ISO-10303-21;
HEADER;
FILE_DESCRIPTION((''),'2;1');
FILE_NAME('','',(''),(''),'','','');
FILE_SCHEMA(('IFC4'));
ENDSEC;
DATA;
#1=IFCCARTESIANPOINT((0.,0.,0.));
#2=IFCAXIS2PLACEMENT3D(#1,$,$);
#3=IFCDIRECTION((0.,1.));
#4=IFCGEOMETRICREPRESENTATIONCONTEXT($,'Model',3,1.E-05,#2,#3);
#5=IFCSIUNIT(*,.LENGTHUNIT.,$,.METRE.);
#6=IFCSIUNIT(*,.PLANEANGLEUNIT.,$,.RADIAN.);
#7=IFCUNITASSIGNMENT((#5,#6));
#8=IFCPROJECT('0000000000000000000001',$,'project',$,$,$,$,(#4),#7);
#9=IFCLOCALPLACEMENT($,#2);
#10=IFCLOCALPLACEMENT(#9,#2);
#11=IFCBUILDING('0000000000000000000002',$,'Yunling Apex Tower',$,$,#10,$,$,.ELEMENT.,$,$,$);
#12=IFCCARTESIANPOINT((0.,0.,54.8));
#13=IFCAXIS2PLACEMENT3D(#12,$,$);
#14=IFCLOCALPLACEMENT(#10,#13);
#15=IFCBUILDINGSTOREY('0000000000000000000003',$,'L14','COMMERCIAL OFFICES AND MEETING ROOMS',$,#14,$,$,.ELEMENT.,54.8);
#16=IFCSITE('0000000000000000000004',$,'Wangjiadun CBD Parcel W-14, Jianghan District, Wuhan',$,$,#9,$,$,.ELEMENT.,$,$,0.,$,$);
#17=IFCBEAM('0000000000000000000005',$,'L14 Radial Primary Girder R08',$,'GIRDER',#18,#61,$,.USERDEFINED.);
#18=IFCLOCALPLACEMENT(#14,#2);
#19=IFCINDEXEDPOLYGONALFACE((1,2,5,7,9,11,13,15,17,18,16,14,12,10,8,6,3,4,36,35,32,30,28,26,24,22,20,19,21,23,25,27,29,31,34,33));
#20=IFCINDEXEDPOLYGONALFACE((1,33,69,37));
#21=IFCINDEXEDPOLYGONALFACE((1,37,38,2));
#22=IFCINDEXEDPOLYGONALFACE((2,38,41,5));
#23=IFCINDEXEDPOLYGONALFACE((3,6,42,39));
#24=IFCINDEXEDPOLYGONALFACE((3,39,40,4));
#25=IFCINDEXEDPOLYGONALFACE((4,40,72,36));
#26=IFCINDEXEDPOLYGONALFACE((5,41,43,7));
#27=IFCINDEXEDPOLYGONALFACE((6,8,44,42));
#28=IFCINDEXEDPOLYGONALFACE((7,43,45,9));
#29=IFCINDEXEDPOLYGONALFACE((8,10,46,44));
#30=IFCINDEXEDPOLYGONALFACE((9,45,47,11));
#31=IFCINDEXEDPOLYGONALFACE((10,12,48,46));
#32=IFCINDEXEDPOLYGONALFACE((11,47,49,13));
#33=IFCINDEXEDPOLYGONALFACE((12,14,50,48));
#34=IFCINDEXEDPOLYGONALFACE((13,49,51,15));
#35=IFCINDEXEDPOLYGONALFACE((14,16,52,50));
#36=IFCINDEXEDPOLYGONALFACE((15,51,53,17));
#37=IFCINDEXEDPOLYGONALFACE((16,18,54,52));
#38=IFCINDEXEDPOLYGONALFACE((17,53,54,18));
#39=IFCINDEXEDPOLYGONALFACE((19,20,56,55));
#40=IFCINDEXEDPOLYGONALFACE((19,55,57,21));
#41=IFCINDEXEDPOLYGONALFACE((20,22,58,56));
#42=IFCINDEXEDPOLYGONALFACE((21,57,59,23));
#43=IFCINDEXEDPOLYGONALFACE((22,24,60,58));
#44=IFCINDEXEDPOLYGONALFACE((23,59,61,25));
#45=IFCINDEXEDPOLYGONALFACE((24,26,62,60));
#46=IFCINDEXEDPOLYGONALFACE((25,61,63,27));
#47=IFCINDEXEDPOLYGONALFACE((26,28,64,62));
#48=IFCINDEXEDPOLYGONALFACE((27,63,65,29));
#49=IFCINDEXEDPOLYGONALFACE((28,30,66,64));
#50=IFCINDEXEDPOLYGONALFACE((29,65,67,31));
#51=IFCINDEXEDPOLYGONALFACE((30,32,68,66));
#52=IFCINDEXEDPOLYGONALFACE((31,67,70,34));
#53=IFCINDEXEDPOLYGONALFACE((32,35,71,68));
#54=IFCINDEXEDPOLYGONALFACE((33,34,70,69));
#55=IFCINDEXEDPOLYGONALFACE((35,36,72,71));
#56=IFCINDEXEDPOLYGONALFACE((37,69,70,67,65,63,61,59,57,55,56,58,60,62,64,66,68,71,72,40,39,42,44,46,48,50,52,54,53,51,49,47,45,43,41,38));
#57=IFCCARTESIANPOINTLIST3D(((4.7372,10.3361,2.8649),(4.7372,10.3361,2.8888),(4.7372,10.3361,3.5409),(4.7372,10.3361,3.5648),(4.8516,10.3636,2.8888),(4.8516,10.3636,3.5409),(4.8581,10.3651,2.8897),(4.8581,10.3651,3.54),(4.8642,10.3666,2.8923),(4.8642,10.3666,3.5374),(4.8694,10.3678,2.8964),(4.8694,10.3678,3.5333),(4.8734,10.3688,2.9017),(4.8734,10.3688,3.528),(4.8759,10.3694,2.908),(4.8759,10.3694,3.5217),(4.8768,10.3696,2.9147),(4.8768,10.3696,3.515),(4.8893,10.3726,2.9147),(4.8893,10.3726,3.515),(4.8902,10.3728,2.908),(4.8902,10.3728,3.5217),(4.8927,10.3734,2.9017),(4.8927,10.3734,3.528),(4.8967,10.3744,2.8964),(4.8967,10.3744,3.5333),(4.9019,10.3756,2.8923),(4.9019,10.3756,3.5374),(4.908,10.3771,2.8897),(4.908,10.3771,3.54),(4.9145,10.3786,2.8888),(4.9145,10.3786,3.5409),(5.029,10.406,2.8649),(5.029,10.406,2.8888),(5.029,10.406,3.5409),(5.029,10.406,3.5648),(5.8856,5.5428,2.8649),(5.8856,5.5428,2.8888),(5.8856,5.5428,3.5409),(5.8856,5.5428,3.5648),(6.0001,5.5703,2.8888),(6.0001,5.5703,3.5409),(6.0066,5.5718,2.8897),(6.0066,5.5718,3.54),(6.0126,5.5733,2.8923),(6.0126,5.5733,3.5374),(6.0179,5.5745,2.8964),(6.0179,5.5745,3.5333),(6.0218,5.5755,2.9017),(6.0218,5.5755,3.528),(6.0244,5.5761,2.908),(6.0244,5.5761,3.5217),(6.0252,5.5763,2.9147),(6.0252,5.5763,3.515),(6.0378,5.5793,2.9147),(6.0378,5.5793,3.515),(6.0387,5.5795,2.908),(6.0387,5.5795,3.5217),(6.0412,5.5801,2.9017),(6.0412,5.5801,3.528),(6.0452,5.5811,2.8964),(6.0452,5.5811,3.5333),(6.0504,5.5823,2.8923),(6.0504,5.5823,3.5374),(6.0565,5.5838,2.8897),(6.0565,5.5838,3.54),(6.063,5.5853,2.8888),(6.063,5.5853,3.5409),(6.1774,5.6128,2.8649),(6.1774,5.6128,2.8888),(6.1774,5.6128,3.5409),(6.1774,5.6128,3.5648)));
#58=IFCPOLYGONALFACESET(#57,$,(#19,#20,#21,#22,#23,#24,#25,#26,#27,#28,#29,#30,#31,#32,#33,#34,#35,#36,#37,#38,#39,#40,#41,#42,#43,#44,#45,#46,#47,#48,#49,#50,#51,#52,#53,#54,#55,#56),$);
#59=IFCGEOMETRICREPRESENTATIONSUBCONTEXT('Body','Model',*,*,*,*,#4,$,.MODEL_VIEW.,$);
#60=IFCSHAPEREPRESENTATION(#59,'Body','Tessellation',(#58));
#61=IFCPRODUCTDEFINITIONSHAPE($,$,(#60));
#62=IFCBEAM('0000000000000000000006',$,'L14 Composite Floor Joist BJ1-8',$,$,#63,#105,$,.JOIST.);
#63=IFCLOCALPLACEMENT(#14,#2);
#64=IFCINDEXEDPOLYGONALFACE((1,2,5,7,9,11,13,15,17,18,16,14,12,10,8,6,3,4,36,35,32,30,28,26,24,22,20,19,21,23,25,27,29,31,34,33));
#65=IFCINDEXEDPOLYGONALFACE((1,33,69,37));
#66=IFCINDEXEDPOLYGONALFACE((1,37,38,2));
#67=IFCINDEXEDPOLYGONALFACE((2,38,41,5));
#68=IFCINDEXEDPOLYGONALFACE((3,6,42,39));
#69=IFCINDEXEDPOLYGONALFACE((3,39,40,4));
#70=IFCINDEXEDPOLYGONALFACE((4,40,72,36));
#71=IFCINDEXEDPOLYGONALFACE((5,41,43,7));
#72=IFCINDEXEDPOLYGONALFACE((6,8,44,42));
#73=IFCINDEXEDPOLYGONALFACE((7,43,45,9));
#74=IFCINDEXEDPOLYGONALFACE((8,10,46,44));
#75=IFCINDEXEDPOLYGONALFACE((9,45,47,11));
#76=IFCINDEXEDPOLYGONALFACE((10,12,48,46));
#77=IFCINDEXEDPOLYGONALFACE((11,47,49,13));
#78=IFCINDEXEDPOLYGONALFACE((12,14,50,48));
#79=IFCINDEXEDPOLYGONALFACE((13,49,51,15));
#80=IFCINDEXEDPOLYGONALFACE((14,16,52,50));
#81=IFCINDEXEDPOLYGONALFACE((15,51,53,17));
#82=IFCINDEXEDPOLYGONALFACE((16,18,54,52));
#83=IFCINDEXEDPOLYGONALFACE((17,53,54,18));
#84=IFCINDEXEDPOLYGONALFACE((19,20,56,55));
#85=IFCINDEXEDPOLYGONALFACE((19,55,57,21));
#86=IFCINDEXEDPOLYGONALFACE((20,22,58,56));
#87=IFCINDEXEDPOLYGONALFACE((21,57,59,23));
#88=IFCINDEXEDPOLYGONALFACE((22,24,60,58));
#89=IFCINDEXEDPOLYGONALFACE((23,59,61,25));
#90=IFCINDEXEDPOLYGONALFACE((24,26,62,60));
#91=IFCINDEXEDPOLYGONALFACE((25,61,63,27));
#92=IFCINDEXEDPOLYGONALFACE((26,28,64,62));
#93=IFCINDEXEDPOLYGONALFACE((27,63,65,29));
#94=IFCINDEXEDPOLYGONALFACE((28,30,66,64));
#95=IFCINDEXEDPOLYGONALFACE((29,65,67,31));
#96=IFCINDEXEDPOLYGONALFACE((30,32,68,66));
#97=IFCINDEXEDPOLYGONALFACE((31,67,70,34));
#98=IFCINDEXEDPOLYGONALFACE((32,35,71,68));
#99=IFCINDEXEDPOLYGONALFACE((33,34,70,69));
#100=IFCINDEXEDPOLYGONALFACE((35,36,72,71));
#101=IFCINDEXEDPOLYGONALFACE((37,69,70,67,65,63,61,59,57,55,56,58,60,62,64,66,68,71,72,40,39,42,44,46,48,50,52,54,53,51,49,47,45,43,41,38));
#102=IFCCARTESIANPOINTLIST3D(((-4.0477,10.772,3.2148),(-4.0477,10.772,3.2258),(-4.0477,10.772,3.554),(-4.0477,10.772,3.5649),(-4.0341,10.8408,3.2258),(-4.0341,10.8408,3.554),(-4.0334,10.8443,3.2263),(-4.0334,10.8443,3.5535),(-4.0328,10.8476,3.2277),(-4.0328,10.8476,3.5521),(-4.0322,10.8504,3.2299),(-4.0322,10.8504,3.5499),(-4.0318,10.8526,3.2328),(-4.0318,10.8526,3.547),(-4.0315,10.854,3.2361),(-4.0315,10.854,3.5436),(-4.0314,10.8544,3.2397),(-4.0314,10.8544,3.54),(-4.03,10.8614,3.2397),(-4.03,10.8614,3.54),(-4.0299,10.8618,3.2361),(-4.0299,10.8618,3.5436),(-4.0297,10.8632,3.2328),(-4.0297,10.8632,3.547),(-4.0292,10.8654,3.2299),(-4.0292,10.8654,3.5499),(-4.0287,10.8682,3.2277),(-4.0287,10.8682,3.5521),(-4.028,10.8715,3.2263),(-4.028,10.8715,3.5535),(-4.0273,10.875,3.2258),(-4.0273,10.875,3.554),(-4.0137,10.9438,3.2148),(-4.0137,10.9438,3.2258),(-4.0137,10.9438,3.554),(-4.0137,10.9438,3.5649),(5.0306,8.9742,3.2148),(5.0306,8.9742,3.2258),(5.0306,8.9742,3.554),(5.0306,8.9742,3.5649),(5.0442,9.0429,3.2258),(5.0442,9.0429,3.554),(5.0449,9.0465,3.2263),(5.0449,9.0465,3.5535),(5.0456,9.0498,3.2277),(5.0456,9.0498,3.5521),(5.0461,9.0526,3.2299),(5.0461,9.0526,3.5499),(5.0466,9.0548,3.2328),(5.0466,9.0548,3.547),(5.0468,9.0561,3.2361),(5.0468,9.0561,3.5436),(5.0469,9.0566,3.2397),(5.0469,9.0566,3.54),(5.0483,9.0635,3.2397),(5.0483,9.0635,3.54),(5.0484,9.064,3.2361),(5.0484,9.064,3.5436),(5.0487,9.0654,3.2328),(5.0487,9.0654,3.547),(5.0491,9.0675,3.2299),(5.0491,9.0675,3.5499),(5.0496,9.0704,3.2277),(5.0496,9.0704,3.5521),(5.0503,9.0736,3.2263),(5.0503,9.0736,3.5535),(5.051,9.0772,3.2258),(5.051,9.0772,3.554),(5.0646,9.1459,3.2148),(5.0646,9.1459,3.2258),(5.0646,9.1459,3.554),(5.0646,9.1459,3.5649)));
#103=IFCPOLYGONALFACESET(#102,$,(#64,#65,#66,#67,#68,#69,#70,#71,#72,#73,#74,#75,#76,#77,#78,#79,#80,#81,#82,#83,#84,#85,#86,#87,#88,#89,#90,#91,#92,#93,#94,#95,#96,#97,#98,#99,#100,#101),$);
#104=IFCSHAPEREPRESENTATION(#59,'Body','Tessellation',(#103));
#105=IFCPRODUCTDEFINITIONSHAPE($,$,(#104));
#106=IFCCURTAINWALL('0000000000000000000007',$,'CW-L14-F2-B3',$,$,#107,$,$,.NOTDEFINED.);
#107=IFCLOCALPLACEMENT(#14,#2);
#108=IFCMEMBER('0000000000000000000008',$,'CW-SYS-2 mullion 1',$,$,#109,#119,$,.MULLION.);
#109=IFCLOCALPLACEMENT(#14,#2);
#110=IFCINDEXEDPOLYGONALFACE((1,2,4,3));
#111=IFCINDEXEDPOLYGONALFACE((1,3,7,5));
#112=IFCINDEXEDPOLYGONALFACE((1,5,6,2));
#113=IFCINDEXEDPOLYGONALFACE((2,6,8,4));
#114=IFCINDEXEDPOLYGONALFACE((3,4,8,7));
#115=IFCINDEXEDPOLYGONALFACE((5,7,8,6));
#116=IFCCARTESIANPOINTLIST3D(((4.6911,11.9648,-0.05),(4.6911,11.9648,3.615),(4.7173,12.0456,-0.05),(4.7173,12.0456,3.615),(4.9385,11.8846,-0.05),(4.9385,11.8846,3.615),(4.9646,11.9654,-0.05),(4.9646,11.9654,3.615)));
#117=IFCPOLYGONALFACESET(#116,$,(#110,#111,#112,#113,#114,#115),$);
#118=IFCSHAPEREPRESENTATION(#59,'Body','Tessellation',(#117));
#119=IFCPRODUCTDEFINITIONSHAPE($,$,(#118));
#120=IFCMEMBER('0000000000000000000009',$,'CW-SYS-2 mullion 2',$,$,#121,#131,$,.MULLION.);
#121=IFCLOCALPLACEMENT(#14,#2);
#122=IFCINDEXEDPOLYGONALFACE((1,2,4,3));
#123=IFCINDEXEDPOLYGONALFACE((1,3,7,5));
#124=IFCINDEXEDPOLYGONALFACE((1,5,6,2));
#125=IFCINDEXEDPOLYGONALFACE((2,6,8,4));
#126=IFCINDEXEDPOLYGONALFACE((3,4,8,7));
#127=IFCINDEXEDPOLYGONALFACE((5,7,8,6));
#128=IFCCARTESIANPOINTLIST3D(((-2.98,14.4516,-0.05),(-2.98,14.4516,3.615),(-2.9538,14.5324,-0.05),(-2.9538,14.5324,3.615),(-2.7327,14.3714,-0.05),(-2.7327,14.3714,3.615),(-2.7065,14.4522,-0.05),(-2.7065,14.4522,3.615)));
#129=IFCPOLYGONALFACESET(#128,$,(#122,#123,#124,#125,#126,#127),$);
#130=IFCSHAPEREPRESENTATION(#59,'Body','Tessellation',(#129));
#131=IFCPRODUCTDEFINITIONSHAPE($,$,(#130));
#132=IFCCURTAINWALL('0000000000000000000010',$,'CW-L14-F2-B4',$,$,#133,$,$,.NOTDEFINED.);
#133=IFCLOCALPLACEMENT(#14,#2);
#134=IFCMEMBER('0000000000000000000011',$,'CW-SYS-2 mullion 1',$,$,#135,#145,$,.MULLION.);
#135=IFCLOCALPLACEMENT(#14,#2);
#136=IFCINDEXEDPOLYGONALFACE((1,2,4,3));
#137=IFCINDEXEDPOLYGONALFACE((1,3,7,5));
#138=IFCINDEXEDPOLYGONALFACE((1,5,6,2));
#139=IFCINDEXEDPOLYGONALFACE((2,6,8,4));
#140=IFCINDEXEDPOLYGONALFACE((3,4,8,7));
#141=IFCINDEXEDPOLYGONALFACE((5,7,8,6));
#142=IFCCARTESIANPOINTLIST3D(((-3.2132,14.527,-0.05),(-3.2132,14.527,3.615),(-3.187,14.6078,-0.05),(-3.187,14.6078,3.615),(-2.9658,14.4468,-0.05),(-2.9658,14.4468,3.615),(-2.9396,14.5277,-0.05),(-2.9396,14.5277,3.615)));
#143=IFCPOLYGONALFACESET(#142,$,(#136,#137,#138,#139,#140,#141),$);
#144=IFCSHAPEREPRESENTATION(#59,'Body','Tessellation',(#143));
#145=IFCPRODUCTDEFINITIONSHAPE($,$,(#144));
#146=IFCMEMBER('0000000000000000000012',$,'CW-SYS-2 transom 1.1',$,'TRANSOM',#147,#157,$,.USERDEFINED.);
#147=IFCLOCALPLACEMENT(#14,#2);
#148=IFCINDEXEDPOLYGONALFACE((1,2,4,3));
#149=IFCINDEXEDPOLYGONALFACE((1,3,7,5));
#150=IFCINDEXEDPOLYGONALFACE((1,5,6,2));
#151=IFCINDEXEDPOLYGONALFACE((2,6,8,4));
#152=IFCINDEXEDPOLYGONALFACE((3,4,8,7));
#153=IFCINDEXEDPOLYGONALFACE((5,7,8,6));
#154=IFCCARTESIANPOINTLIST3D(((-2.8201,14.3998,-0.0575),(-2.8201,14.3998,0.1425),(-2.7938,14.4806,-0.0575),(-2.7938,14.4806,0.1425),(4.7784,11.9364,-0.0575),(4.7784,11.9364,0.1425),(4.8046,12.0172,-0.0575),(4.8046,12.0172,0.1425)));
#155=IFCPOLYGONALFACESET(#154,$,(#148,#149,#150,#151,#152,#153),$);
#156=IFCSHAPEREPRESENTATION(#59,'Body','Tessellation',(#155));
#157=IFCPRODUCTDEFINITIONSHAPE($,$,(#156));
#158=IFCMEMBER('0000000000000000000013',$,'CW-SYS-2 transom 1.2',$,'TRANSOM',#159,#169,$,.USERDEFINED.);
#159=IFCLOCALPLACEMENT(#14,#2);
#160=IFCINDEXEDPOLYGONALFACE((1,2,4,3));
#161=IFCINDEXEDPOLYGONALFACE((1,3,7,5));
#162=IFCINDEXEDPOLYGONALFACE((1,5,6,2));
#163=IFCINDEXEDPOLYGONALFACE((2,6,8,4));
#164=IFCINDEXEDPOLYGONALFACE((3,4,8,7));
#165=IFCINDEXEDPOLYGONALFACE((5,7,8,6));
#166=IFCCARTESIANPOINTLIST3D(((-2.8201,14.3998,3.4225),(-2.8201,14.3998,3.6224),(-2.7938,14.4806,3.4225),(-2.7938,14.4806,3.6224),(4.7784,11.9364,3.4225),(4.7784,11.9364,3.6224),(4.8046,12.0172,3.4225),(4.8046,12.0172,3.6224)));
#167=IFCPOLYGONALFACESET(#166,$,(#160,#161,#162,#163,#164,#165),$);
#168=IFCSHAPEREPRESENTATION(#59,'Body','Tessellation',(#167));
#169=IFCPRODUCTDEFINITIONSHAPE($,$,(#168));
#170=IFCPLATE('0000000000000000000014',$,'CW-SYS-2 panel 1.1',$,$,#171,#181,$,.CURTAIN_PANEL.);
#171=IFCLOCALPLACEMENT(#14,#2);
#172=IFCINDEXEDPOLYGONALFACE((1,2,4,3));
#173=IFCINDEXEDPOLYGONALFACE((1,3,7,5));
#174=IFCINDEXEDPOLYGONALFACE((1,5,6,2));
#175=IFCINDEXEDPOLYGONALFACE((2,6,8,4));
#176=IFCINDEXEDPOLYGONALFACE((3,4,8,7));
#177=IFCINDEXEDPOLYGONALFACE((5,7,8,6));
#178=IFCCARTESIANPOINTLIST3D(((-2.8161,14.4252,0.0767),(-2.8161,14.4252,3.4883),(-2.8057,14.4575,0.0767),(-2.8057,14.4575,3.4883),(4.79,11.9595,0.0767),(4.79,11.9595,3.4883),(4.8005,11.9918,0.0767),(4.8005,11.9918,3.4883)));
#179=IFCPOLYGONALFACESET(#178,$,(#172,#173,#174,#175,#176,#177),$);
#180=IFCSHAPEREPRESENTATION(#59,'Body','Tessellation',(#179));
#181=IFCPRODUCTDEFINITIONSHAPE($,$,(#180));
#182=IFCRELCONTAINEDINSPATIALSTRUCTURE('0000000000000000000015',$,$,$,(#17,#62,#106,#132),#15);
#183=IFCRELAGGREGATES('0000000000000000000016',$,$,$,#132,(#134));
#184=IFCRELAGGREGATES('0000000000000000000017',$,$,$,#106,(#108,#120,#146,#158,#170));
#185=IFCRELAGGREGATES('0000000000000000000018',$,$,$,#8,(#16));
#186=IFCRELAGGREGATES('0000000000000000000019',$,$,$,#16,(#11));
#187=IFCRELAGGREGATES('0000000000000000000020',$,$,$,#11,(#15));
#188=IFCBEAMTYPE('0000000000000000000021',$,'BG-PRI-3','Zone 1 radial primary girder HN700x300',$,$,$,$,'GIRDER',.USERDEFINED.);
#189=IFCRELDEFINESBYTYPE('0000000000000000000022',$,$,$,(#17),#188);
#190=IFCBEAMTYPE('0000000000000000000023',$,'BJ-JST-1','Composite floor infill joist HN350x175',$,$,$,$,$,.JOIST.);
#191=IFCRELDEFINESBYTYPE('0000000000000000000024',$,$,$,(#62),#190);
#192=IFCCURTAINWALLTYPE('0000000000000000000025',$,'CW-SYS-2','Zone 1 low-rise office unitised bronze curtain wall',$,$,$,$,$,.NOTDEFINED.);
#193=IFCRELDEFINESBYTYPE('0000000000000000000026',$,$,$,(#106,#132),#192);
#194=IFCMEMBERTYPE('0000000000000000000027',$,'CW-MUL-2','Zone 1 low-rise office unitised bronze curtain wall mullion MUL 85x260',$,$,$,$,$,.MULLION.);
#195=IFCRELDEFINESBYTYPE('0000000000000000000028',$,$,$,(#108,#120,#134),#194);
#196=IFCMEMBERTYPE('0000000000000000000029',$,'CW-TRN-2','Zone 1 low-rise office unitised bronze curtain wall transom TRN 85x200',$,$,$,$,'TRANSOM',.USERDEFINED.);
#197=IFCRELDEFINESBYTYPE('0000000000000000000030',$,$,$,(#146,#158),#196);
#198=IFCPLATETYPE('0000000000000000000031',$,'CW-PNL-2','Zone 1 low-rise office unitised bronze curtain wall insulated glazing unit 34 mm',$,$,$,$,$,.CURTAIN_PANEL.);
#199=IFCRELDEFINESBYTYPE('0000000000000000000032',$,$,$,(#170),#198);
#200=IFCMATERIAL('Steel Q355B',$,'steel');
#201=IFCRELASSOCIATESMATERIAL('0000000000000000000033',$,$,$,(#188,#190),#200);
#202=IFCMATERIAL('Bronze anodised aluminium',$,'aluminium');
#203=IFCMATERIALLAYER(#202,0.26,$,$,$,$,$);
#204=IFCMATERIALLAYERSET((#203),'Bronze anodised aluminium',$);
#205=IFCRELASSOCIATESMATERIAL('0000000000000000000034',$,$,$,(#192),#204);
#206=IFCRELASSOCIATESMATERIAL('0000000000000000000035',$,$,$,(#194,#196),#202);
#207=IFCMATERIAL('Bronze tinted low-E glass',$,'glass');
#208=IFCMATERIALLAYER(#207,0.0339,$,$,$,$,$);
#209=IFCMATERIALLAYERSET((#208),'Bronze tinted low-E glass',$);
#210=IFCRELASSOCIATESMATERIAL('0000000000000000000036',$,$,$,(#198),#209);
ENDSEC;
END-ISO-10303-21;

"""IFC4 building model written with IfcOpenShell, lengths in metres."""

from ifc_helpers import new_model, si_unit, direction, frame, origin, origin_2d, place, context, subcontext, project, spatial, rectangle, i_section, extrude, source, transform, mapped, material, layer, layer_set, material_profile, profile_set, type_object, element, aggregate, save


model = new_model("IFC4")

# Units and contexts
model_context = context("Model", 3, precision=1e-05, world=origin(), true_north=direction((0.0, 1.0)))
body_context = subcontext(model_context, "Body", "Model", "MODEL_VIEW")
ifc_project = project(units=[si_unit("LENGTHUNIT", "METRE"), si_unit("PLANEANGLEUNIT", "RADIAN")], contexts=[model_context])

# Site, building, storey
site_placement = place(None, origin())
site = spatial("IfcSite", under=ifc_project, at=site_placement, Name="Wangjiadun CBD Parcel W-14, Jianghan District, Wuhan", CompositionType="ELEMENT", RefElevation=0.0)
building_placement = place(site_placement, origin())
building = spatial("IfcBuilding", under=site, at=building_placement, Name="Yunling Apex Tower", CompositionType="ELEMENT")
storey_placement = place(building_placement, frame((0.0, 0.0, 54.8)))
storey = spatial("IfcBuildingStorey", under=building, at=storey_placement, Name="L14", Description="COMMERCIAL OFFICES AND MEETING ROOMS", CompositionType="ELEMENT", Elevation=54.8)

# Beams
ifc_material_1 = material(Name="Steel Q355B", Category="steel")
ifc_material_profile_1 = material_profile(ifc_material_1, i_section(OverallWidth=0.3, OverallDepth=0.7, WebThickness=0.0129, FlangeThickness=0.0239, FilletRadius=0.0259, at=origin_2d()))
ifc_profile_set_1 = profile_set([ifc_material_profile_1], Name="Steel Q355B")
beam_type_1 = type_object("IfcBeamType", Name="BG-PRI-3", Description="Zone 1 radial primary girder HN700x300", ElementType="GIRDER", PredefinedType="USERDEFINED", material=ifc_profile_set_1)
shared_shape_1 = source(origin(), body_context, "Body", "SweptSolid", [
    extrude(i_section(OverallWidth=0.3, OverallDepth=0.7, WebThickness=0.0129, FlangeThickness=0.0239, FilletRadius=0.0259, at=origin_2d()), origin(), (0.0, 0.0, 1.0), 4.929),
])
beam_1_placement = place(storey_placement, frame((4.8831, 10.3711, 3.2148), z_axis=(0.233002, -0.972476, 0.0), x_axis=(0.972476, 0.233002, 0.0)))
element("IfcBeam", 1, at=beam_1_placement, inside=storey, type_object=beam_type_1, Name="L14 Radial Primary Girder R08", ObjectType="GIRDER", PredefinedType="USERDEFINED", context=body_context, shape_type="MappedRepresentation", body=[
    mapped(shared_shape_1, transform((0.0, 0.0, 0.0), scale=1.0)),
])
ifc_material_profile_2 = material_profile(ifc_material_1, i_section(OverallWidth=0.175, OverallDepth=0.3501, WebThickness=0.0071, FlangeThickness=0.011, FilletRadius=0.0139, at=origin_2d()))
ifc_profile_set_2 = profile_set([ifc_material_profile_2], Name="Steel Q355B")
beam_type_2 = type_object("IfcBeamType", Name="BJ-JST-1", Description="Composite floor infill joist HN350x175", PredefinedType="JOIST", material=ifc_profile_set_2)
shared_shape_2 = source(origin(), body_context, "Body", "SweptSolid", [
    extrude(i_section(OverallWidth=0.175, OverallDepth=0.3501, WebThickness=0.0071, FlangeThickness=0.011, FilletRadius=0.0139, at=origin_2d()), origin(), (0.0, 0.0, 1.0), 9.2546),
])
beam_2_placement = place(storey_placement, frame((5.0476, 9.0601, 3.3899), z_axis=(-0.980949, 0.194264, 0.0), x_axis=(-0.194264, -0.980949, 0.0)))
element("IfcBeam", 2, at=beam_2_placement, inside=storey, type_object=beam_type_2, Name="L14 Composite Floor Joist BJ1-8", PredefinedType="JOIST", context=body_context, shape_type="MappedRepresentation", body=[
    mapped(shared_shape_2, transform((0.0, 0.0, 0.0), scale=1.0)),
])

# Curtain wall, members
ifc_material_2 = material(Name="Bronze anodised aluminium", Category="aluminium")
ifc_layer_1 = layer(ifc_material_2, 0.26)
ifc_layer_set_1 = layer_set([ifc_layer_1], Name="Bronze anodised aluminium")
curtain_wall_type = type_object("IfcCurtainWallType", Name="CW-SYS-2", Description="Zone 1 low-rise office unitised bronze curtain wall", PredefinedType="NOTDEFINED", material=ifc_layer_set_1)
curtain_wall_1_placement = place(storey_placement, origin())
curtain_wall_1 = element("IfcCurtainWall", 3, at=curtain_wall_1_placement, inside=storey, type_object=curtain_wall_type, Name="CW-L14-F2-B3", PredefinedType="NOTDEFINED")
ifc_material_profile_3 = material_profile(ifc_material_2, rectangle(XDim=0.085, YDim=0.26, at=origin_2d()))
ifc_profile_set_3 = profile_set([ifc_material_profile_3], Name="Bronze anodised aluminium")
member_type_1 = type_object("IfcMemberType", Name="CW-MUL-2", Description="Zone 1 low-rise office unitised bronze curtain wall mullion MUL 85x260", PredefinedType="MULLION", material=ifc_profile_set_3)
shared_shape_3 = source(origin(), body_context, "Body", "SweptSolid", [
    extrude(rectangle(XDim=0.085, YDim=0.26, at=origin_2d()), origin(), (0.0, 0.0, 1.0), 3.665),
])
member_1_placement = place(storey_placement, frame((4.8279, 11.9651, -0.05), z_axis=(0.0, 0.0, 1.0), x_axis=(-0.308368, -0.951267, 0.0)))
member_1 = element("IfcMember", 4, at=member_1_placement, type_object=member_type_1, Name="CW-SYS-2 mullion 1", PredefinedType="MULLION", context=body_context, shape_type="MappedRepresentation", body=[
    mapped(shared_shape_3, transform((0.0, 0.0, 0.0), scale=1.0)),
])
member_2_placement = place(storey_placement, frame((-2.8433, 14.4519, -0.05), z_axis=(0.0, 0.0, 1.0), x_axis=(-0.308368, -0.951267, 0.0)))
member_2 = element("IfcMember", 5, at=member_2_placement, type_object=member_type_1, Name="CW-SYS-2 mullion 2", PredefinedType="MULLION", context=body_context, shape_type="MappedRepresentation", body=[
    mapped(shared_shape_3, transform((0.0, 0.0, 0.0), scale=1.0)),
])

# Curtain wall, member
curtain_wall_2_placement = place(storey_placement, origin())
curtain_wall_2 = element("IfcCurtainWall", 6, at=curtain_wall_2_placement, inside=storey, type_object=curtain_wall_type, Name="CW-L14-F2-B4", PredefinedType="NOTDEFINED")
member_3_placement = place(storey_placement, frame((-3.0764, 14.5273, -0.05), z_axis=(0.0, 0.0, 1.0), x_axis=(-0.308357, -0.951271, 0.0)))
member_3 = element("IfcMember", 7, at=member_3_placement, type_object=member_type_1, Name="CW-SYS-2 mullion 1", PredefinedType="MULLION", context=body_context, shape_type="MappedRepresentation", body=[
    mapped(shared_shape_3, transform((0.0, 0.0, 0.0), scale=1.0)),
])
aggregate(curtain_wall_2, [member_3])

# Members
ifc_material_profile_4 = material_profile(ifc_material_2, rectangle(XDim=0.085, YDim=0.2, at=origin_2d()))
ifc_profile_set_4 = profile_set([ifc_material_profile_4], Name="Bronze anodised aluminium")
member_type_2 = type_object("IfcMemberType", Name="CW-TRN-2", Description="Zone 1 low-rise office unitised bronze curtain wall transom TRN 85x200", ElementType="TRANSOM", PredefinedType="USERDEFINED", material=ifc_profile_set_4)
shared_shape_4 = source(origin(), body_context, "Body", "SweptSolid", [
    extrude(rectangle(XDim=0.085, YDim=0.2, at=origin_2d()), origin(), (0.0, 0.0, 1.0), 7.9878),
])
member_4_placement = place(storey_placement, frame((4.7915, 11.9768, 0.0425), z_axis=(-0.951258, 0.308396, 0.0), x_axis=(-0.308396, -0.951258, 0.0)))
member_4 = element("IfcMember", 8, at=member_4_placement, type_object=member_type_2, Name="CW-SYS-2 transom 1.1", ObjectType="TRANSOM", PredefinedType="USERDEFINED", context=body_context, shape_type="MappedRepresentation", body=[
    mapped(shared_shape_4, transform((0.0, 0.0, 0.0), scale=1.0)),
])
member_5_placement = place(storey_placement, frame((4.7915, 11.9768, 3.5225), z_axis=(-0.951258, 0.308396, 0.0), x_axis=(-0.308396, -0.951258, 0.0)))
member_5 = element("IfcMember", 9, at=member_5_placement, type_object=member_type_2, Name="CW-SYS-2 transom 1.2", ObjectType="TRANSOM", PredefinedType="USERDEFINED", context=body_context, shape_type="MappedRepresentation", body=[
    mapped(shared_shape_4, transform((0.0, 0.0, 0.0), scale=1.0)),
])

# Plate
ifc_material_3 = material(Name="Bronze tinted low-E glass", Category="glass")
ifc_layer_2 = layer(ifc_material_3, 0.0339)
ifc_layer_set_2 = layer_set([ifc_layer_2], Name="Bronze tinted low-E glass")
plate_type = type_object("IfcPlateType", Name="CW-PNL-2", Description="Zone 1 low-rise office unitised bronze curtain wall insulated glazing unit 34 mm", PredefinedType="CURTAIN_PANEL", material=ifc_layer_set_2)
shared_shape_5 = source(origin(), body_context, "Body", "SweptSolid", [
    extrude(rectangle(XDim=7.9958, YDim=0.0339, at=origin_2d()), origin(), (0.0, 0.0, 1.0), 3.4116),
])
plate_placement = place(storey_placement, frame((0.9922, 13.2085, 0.0767), z_axis=(0.0, 0.0, 1.0), x_axis=(-0.951267, 0.308368, 0.0)))
plate = element("IfcPlate", 10, at=plate_placement, type_object=plate_type, Name="CW-SYS-2 panel 1.1", PredefinedType="CURTAIN_PANEL", context=body_context, shape_type="MappedRepresentation", body=[
    mapped(shared_shape_5, transform((0.0, 0.0, 0.0), scale=1.0)),
])
aggregate(curtain_wall_1, [member_1, member_2, member_4, member_5, plate])

save(model, "model.ifc")
